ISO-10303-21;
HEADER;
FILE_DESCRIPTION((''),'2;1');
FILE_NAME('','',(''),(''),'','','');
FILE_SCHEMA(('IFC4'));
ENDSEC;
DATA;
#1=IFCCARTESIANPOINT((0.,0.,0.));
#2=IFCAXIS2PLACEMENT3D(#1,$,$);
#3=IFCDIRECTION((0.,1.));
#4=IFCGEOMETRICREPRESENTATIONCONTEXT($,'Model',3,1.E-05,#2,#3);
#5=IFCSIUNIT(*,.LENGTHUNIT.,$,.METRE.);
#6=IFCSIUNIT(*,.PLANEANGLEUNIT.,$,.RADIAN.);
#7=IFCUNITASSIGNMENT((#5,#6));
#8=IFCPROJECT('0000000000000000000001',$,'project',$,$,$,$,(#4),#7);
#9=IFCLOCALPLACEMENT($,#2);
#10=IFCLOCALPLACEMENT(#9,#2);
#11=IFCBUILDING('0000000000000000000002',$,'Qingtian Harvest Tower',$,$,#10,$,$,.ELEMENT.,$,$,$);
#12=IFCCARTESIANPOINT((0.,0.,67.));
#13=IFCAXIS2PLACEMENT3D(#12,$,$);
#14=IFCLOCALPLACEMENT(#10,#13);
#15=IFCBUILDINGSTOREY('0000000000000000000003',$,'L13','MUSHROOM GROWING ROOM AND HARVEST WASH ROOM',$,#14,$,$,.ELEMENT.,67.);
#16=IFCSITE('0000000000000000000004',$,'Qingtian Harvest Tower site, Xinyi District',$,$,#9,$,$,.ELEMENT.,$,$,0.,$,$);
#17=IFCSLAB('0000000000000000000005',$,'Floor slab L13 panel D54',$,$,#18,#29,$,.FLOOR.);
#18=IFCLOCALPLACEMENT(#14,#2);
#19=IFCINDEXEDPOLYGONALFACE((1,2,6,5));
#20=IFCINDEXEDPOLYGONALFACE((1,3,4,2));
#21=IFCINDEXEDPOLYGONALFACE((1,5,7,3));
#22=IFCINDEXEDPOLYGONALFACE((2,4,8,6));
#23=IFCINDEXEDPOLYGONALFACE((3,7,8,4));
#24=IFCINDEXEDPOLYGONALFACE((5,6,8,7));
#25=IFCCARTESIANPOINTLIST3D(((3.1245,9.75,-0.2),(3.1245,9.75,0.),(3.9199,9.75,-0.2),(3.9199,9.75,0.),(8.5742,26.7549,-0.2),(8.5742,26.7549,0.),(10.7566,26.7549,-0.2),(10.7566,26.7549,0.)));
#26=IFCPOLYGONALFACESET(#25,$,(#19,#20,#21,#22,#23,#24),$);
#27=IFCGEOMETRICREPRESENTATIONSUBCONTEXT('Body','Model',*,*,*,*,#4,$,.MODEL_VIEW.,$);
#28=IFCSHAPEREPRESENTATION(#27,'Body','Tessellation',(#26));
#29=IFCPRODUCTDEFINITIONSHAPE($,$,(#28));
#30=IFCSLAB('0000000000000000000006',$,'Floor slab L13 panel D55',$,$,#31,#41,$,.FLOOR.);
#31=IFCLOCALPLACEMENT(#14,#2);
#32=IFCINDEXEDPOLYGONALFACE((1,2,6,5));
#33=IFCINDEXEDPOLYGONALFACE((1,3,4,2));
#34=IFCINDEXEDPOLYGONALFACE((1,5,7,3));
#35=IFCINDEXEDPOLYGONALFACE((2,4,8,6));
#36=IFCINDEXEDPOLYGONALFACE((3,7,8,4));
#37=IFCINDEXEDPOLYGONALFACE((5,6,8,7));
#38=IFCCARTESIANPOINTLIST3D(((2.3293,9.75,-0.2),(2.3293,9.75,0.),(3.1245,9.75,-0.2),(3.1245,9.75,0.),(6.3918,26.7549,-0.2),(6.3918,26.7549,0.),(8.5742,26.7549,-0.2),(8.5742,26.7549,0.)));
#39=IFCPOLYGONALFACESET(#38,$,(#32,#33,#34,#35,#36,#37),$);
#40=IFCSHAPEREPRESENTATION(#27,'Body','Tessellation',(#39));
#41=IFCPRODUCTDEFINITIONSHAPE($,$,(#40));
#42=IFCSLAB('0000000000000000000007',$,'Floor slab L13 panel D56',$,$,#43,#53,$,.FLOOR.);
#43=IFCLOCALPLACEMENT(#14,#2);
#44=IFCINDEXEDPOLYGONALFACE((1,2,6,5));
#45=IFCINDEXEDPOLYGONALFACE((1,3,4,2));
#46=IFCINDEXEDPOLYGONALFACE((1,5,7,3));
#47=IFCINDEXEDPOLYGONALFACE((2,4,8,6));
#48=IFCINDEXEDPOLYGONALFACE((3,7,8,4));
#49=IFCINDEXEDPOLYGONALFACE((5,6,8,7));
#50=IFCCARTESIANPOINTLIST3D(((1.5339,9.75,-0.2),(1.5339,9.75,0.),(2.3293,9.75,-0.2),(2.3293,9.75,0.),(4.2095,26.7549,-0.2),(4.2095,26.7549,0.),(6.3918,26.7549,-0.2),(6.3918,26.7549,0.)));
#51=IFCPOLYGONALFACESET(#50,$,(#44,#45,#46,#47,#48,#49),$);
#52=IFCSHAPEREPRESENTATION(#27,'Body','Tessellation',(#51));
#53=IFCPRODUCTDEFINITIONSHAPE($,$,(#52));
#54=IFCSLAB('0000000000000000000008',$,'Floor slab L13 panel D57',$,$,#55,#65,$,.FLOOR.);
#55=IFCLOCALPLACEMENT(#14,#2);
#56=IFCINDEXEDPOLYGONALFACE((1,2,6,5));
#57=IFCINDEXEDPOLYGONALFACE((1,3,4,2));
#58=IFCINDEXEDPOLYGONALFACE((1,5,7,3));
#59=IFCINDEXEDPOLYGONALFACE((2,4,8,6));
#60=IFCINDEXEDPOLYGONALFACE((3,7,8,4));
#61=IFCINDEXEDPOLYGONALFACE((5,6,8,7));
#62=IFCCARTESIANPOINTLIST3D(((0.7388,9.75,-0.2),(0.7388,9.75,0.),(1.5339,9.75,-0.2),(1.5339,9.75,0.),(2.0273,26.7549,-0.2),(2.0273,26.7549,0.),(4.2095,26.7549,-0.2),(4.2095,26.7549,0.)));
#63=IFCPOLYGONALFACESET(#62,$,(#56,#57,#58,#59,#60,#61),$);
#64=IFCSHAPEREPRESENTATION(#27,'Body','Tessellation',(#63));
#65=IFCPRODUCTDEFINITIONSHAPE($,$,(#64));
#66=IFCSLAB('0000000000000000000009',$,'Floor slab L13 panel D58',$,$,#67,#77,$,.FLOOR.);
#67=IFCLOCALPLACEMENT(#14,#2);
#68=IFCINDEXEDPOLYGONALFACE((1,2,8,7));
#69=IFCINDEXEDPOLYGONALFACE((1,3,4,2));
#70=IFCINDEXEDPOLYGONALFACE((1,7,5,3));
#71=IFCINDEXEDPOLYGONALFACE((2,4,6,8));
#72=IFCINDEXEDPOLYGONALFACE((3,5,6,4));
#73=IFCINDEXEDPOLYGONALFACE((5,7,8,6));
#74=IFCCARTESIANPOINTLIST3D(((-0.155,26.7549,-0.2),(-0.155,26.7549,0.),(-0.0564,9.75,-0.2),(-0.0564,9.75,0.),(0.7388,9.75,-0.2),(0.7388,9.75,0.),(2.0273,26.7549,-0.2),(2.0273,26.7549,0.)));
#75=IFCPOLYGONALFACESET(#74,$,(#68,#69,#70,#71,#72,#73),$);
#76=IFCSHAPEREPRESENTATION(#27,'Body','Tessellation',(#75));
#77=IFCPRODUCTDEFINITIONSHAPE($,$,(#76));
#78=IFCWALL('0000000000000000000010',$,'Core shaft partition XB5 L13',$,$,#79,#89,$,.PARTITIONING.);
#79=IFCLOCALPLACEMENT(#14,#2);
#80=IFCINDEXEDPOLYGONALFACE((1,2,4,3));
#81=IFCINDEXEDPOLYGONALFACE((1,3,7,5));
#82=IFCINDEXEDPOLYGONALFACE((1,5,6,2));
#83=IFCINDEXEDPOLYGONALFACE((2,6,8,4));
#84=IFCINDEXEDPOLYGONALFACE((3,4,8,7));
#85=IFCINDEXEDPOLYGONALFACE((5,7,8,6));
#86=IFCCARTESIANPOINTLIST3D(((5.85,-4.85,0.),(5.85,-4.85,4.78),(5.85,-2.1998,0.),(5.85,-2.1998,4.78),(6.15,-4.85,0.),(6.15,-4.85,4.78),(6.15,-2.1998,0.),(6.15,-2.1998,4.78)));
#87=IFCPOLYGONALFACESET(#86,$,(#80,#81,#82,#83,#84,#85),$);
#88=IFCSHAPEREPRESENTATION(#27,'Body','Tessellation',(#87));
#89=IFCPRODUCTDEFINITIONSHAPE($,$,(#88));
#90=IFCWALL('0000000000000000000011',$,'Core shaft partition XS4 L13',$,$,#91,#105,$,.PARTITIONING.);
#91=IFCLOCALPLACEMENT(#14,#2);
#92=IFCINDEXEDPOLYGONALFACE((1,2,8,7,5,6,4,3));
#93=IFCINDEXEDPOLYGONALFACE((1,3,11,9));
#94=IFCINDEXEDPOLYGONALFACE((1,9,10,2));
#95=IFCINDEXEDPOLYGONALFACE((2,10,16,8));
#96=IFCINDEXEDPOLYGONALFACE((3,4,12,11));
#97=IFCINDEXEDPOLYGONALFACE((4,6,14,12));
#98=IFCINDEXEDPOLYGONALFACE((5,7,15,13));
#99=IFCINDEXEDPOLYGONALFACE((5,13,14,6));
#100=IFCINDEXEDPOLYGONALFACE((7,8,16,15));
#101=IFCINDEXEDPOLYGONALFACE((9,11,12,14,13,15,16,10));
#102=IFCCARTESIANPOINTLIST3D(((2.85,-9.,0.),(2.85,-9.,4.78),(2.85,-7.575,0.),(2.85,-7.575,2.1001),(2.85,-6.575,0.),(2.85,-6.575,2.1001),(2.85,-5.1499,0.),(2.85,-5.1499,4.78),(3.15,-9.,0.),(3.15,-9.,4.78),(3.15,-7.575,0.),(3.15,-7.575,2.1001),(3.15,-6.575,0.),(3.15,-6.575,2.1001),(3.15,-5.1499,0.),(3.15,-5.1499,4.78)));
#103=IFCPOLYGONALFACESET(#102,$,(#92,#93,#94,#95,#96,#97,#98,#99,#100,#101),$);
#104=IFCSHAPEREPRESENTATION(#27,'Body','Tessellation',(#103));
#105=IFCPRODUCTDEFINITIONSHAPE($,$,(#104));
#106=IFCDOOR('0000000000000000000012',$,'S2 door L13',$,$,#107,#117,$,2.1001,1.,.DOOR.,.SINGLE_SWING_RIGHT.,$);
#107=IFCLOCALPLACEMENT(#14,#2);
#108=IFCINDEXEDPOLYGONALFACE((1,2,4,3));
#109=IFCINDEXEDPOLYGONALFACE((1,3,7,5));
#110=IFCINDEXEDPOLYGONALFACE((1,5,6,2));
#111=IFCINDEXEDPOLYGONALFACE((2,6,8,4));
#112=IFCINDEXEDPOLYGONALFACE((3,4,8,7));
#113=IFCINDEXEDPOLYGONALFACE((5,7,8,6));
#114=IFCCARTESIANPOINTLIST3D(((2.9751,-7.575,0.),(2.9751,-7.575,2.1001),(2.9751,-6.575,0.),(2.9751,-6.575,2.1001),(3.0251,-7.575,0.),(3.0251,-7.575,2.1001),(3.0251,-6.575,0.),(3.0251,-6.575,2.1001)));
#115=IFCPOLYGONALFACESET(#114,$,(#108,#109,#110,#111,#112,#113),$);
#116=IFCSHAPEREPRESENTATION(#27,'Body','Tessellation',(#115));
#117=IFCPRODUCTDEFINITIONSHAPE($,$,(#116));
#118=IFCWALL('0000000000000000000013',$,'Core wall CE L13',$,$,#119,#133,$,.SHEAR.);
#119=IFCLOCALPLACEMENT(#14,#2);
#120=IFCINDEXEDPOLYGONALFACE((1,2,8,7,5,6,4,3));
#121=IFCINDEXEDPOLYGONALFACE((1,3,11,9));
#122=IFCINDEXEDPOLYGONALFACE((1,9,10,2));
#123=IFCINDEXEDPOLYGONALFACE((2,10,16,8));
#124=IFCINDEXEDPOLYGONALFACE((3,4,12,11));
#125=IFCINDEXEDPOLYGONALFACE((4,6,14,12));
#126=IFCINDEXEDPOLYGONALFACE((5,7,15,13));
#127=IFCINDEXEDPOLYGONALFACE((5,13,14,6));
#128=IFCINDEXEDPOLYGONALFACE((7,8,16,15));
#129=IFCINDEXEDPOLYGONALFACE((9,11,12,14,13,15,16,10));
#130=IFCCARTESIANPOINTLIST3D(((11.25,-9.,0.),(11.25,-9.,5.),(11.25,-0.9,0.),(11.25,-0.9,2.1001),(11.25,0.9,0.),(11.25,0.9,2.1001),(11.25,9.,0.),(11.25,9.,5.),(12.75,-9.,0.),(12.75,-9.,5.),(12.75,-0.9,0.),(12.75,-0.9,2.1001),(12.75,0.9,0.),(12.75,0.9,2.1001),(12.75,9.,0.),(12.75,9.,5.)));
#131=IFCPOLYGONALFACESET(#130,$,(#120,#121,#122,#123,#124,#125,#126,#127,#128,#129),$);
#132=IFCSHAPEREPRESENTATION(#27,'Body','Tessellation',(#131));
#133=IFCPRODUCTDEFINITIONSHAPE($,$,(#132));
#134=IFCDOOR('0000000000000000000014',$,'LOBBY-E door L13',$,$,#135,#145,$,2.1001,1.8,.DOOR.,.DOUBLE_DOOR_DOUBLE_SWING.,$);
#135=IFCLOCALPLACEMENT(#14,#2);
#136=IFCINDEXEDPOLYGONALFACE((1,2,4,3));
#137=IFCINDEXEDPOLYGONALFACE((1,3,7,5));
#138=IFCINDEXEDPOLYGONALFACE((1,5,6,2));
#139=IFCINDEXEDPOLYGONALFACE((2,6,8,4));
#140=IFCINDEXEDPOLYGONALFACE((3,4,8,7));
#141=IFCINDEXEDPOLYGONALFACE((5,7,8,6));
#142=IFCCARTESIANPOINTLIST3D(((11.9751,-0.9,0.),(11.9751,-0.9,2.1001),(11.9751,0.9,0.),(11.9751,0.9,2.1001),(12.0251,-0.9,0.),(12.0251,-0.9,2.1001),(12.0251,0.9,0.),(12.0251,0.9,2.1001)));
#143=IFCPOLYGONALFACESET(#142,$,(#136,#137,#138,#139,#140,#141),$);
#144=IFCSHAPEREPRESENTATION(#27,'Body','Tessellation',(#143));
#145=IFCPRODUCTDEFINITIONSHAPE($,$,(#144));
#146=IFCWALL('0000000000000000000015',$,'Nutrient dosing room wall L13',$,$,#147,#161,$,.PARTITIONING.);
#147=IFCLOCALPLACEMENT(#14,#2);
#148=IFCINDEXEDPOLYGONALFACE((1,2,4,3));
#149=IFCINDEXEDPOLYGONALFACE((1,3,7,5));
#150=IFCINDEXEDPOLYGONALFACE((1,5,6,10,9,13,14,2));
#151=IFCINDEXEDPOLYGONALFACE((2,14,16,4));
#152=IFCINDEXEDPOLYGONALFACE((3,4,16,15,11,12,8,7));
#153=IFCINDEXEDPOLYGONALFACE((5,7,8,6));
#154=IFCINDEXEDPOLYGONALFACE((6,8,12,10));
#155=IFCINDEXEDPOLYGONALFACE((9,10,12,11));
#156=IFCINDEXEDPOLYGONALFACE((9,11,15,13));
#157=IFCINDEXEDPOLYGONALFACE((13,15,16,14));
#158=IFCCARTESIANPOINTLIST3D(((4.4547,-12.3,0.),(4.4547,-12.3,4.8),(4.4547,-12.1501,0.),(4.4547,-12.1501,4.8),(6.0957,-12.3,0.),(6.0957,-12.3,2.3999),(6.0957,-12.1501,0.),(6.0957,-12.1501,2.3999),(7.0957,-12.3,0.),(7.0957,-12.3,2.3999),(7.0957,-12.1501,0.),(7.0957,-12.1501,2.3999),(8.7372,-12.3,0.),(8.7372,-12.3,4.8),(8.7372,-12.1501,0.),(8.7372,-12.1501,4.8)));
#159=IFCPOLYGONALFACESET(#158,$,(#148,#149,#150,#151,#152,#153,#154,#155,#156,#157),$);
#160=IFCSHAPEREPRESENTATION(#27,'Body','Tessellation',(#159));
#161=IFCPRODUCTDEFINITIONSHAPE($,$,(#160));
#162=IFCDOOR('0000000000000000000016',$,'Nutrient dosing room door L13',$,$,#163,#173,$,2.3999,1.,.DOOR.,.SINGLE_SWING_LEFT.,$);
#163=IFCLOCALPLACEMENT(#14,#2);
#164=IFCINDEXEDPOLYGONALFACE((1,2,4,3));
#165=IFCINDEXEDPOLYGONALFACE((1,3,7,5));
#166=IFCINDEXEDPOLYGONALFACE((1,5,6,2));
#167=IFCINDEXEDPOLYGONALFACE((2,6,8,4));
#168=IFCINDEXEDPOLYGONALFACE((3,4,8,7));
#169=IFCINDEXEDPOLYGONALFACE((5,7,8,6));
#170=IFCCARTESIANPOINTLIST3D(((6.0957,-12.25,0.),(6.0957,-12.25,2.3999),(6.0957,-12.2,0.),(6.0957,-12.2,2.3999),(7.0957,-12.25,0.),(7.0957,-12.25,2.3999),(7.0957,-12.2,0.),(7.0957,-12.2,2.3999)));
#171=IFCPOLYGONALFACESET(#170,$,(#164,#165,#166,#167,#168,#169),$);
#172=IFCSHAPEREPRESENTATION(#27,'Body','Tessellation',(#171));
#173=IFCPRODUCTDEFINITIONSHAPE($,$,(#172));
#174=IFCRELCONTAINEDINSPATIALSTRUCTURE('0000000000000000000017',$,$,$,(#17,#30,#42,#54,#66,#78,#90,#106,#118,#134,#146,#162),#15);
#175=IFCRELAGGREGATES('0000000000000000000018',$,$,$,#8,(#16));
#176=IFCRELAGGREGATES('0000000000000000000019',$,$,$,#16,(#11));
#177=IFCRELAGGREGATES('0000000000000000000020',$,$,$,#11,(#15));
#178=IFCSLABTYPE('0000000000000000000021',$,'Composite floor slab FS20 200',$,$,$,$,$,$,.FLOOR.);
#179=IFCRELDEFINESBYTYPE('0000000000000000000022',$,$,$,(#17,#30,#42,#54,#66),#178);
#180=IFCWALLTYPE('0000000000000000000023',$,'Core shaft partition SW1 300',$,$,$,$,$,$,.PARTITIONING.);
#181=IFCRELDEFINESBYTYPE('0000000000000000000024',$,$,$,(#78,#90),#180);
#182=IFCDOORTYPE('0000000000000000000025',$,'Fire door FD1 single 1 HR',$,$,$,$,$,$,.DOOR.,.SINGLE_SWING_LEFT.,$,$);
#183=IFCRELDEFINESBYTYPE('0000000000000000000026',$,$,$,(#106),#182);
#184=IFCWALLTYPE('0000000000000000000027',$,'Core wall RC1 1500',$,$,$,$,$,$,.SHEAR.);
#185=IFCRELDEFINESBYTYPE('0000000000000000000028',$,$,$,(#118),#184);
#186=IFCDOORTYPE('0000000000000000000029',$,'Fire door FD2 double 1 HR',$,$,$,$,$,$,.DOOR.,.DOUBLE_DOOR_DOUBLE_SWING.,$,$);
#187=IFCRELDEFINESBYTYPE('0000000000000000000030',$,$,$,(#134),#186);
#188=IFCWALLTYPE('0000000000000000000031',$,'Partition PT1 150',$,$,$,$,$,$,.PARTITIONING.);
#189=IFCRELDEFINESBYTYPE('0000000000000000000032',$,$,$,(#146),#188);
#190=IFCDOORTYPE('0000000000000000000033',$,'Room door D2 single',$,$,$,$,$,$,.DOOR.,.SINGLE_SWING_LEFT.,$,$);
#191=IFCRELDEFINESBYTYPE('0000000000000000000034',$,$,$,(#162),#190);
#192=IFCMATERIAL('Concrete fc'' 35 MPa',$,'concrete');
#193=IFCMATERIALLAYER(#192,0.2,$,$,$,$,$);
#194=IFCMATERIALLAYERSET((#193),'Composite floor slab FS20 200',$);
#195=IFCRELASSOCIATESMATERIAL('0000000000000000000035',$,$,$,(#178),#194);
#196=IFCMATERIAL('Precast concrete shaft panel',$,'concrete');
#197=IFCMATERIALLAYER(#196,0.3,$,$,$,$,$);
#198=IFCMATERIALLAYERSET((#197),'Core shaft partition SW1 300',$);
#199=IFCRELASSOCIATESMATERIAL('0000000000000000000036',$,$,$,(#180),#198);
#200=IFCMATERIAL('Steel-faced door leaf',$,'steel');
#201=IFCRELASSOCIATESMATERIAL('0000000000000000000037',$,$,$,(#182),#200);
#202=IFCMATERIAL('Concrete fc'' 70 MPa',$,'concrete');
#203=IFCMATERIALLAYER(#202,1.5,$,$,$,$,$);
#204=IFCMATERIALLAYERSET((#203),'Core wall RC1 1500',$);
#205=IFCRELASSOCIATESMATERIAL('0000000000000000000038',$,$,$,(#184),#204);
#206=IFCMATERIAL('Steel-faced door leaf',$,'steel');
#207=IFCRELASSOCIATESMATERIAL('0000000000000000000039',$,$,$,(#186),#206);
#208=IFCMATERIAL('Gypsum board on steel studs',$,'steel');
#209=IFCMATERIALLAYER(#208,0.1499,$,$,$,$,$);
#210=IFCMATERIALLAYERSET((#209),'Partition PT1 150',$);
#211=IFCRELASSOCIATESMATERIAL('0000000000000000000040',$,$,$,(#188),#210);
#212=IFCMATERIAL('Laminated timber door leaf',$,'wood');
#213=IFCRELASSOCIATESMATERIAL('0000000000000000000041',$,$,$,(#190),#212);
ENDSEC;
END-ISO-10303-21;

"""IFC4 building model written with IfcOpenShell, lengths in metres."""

from ifc_helpers import new_model, si_unit, direction, frame, frame_2d, origin, place, context, subcontext, project, spatial, polyline, rectangle, outline, extrude, material, layer, layer_set, type_object, element, fill, save


model = new_model("IFC4")

# Units and contexts
model_context = context("Model", 3, precision=1e-05, world=origin(), true_north=direction((0.0, 1.0)))
body_context = subcontext(model_context, "Body", "Model", "MODEL_VIEW")
ifc_project = project(units=[si_unit("LENGTHUNIT", "METRE"), si_unit("PLANEANGLEUNIT", "RADIAN")], contexts=[model_context])

# Site, building, storey
site_placement = place(None, origin())
site = spatial("IfcSite", under=ifc_project, at=site_placement, Name="Qingtian Harvest Tower site, Xinyi District", CompositionType="ELEMENT", RefElevation=0.0)
building_placement = place(site_placement, origin())
building = spatial("IfcBuilding", under=site, at=building_placement, Name="Qingtian Harvest Tower", CompositionType="ELEMENT")
storey_placement = place(building_placement, frame((0.0, 0.0, 67.0)))
storey = spatial("IfcBuildingStorey", under=building, at=storey_placement, Name="L13", Description="MUSHROOM GROWING ROOM AND HARVEST WASH ROOM", CompositionType="ELEMENT", Elevation=67.0)

# Slabs
ifc_material_1 = material(Name="Concrete fc' 35 MPa", Category="concrete")
ifc_layer_1 = layer(ifc_material_1, 0.2)
ifc_layer_set_1 = layer_set([ifc_layer_1], Name="Composite floor slab FS20 200")
slab_type = type_object("IfcSlabType", Name="Composite floor slab FS20 200", PredefinedType="FLOOR", material=ifc_layer_set_1)
slab_1_placement = place(storey_placement, frame((0.0, 0.0, -0.2)))
element("IfcSlab", 1, at=slab_1_placement, inside=storey, type_object=slab_type, Name="Floor slab L13 panel D54", PredefinedType="FLOOR", context=body_context, shape_type="SweptSolid", body=[
    extrude(outline(polyline([(3.1245, 9.75), (8.5742, 26.7549), (10.7566, 26.7549), (3.9199, 9.75), (3.1245, 9.75)])), origin(), (0.0, 0.0, 1.0), 0.2),
])
slab_2_placement = place(storey_placement, frame((0.0, 0.0, -0.2)))
element("IfcSlab", 2, at=slab_2_placement, inside=storey, type_object=slab_type, Name="Floor slab L13 panel D55", PredefinedType="FLOOR", context=body_context, shape_type="SweptSolid", body=[
    extrude(outline(polyline([(2.3293, 9.75), (6.3918, 26.7549), (8.5742, 26.7549), (3.1245, 9.75), (2.3293, 9.75)])), origin(), (0.0, 0.0, 1.0), 0.2),
])
slab_3_placement = place(storey_placement, frame((0.0, 0.0, -0.2)))
element("IfcSlab", 3, at=slab_3_placement, inside=storey, type_object=slab_type, Name="Floor slab L13 panel D56", PredefinedType="FLOOR", context=body_context, shape_type="SweptSolid", body=[
    extrude(outline(polyline([(1.5339, 9.75), (4.2095, 26.7549), (6.3918, 26.7549), (2.3293, 9.75), (1.5339, 9.75)])), origin(), (0.0, 0.0, 1.0), 0.2),
])
slab_4_placement = place(storey_placement, frame((0.0, 0.0, -0.2)))
element("IfcSlab", 4, at=slab_4_placement, inside=storey, type_object=slab_type, Name="Floor slab L13 panel D57", PredefinedType="FLOOR", context=body_context, shape_type="SweptSolid", body=[
    extrude(outline(polyline([(0.7388, 9.75), (2.0273, 26.7549), (4.2095, 26.7549), (1.5339, 9.75), (0.7388, 9.75)])), origin(), (0.0, 0.0, 1.0), 0.2),
])
slab_5_placement = place(storey_placement, frame((0.0, 0.0, -0.2)))
element("IfcSlab", 5, at=slab_5_placement, inside=storey, type_object=slab_type, Name="Floor slab L13 panel D58", PredefinedType="FLOOR", context=body_context, shape_type="SweptSolid", body=[
    extrude(outline(polyline([(-0.0564, 9.75), (-0.155, 26.7549), (2.0273, 26.7549), (0.7388, 9.75), (-0.0564, 9.75)])), origin(), (0.0, 0.0, 1.0), 0.2),
])

# Wall
ifc_material_2 = material(Name="Precast concrete shaft panel", Category="concrete")
ifc_layer_2 = layer(ifc_material_2, 0.3)
ifc_layer_set_2 = layer_set([ifc_layer_2], Name="Core shaft partition SW1 300")
wall_type_1 = type_object("IfcWallType", Name="Core shaft partition SW1 300", PredefinedType="PARTITIONING", material=ifc_layer_set_2)
wall_1_placement = place(storey_placement, frame((6.0, -4.8501, 0.0), z_axis=(0.0, 0.0, 1.0), x_axis=(0.0, 1.0, 0.0)))
element("IfcWall", 6, at=wall_1_placement, inside=storey, type_object=wall_type_1, Name="Core shaft partition XB5 L13", PredefinedType="PARTITIONING", context=body_context, shape_type="SweptSolid", body=[
    extrude(rectangle(XDim=2.6501, YDim=0.3, at=frame_2d((1.3252, 0.0))), origin(), (0.0, 0.0, 1.0), 4.78),
])

# Walls, openings, doors
wall_2_placement = place(storey_placement, frame((3.0, -9.0, 0.0), z_axis=(0.0, 0.0, 1.0), x_axis=(0.0, 1.0, 0.0)))
wall_2 = element("IfcWall", 7, at=wall_2_placement, inside=storey, type_object=wall_type_1, Name="Core shaft partition XS4 L13", PredefinedType="PARTITIONING", context=body_context, shape_type="SweptSolid", body=[
    extrude(rectangle(XDim=3.8501, YDim=0.3, at=frame_2d((1.925, 0.0))), origin(), (0.0, 0.0, 1.0), 4.78),
])
opening_1_placement = place(wall_2_placement, frame((1.425, 0.0, 0.0)))
opening_1 = element("IfcOpeningElement", 8, at=opening_1_placement, cuts=wall_2, PredefinedType="OPENING", context=body_context, shape_type="SweptSolid", body=[
    extrude(rectangle(XDim=1.0, YDim=2.1001, at=frame_2d((0.5, 1.05))), frame((0.0, 0.1599, 0.0), z_axis=(0.0, -1.0, 0.0), x_axis=(1.0, 0.0, 0.0)), (0.0, 0.0, 1.0), 0.3201),
])
ifc_material_3 = material(Name="Steel-faced door leaf", Category="steel")
door_type_1 = type_object("IfcDoorType", Name="Fire door FD1 single 1 HR", OperationType="SINGLE_SWING_LEFT", PredefinedType="DOOR", material=ifc_material_3)
door_1_placement = place(opening_1_placement, origin())
door_1 = element("IfcDoor", 9, at=door_1_placement, inside=storey, type_object=door_type_1, Name="S2 door L13", OperationType="SINGLE_SWING_RIGHT", OverallHeight=2.1001, OverallWidth=1.0, PredefinedType="DOOR", context=body_context, shape_type="SweptSolid", body=[
    extrude(rectangle(XDim=1.0, YDim=2.1001, at=frame_2d((0.5, 1.05))), frame((0.0, 0.0249, 0.0), z_axis=(0.0, -1.0, 0.0), x_axis=(1.0, 0.0, 0.0)), (0.0, 0.0, 1.0), 0.05),
])
fill(opening_1, door_1)
ifc_material_4 = material(Name="Concrete fc' 70 MPa", Category="concrete")
ifc_layer_3 = layer(ifc_material_4, 1.5)
ifc_layer_set_3 = layer_set([ifc_layer_3], Name="Core wall RC1 1500")
wall_type_2 = type_object("IfcWallType", Name="Core wall RC1 1500", PredefinedType="SHEAR", material=ifc_layer_set_3)
wall_3_placement = place(storey_placement, frame((12.0, -9.0, 0.0), z_axis=(0.0, 0.0, 1.0), x_axis=(0.0, 1.0, 0.0)))
wall_3 = element("IfcWall", 10, at=wall_3_placement, inside=storey, type_object=wall_type_2, Name="Core wall CE L13", PredefinedType="SHEAR", context=body_context, shape_type="SweptSolid", body=[
    extrude(rectangle(XDim=18.0, YDim=1.5, at=frame_2d((9.0, 0.0))), origin(), (0.0, 0.0, 1.0), 5.0),
])
opening_2_placement = place(wall_3_placement, frame((8.1001, 0.0, 0.0)))
opening_2 = element("IfcOpeningElement", 11, at=opening_2_placement, cuts=wall_3, PredefinedType="OPENING", context=body_context, shape_type="SweptSolid", body=[
    extrude(rectangle(XDim=1.8, YDim=2.1001, at=frame_2d((0.8999, 1.05))), frame((0.0, 0.76, 0.0), z_axis=(0.0, -1.0, 0.0), x_axis=(1.0, 0.0, 0.0)), (0.0, 0.0, 1.0), 1.52),
])
ifc_material_5 = material(Name="Steel-faced door leaf", Category="steel")
door_type_2 = type_object("IfcDoorType", Name="Fire door FD2 double 1 HR", OperationType="DOUBLE_DOOR_DOUBLE_SWING", PredefinedType="DOOR", material=ifc_material_5)
door_2_placement = place(opening_2_placement, origin())
door_2 = element("IfcDoor", 12, at=door_2_placement, inside=storey, type_object=door_type_2, Name="LOBBY-E door L13", OperationType="DOUBLE_DOOR_DOUBLE_SWING", OverallHeight=2.1001, OverallWidth=1.8, PredefinedType="DOOR", context=body_context, shape_type="SweptSolid", body=[
    extrude(rectangle(XDim=1.8, YDim=2.1001, at=frame_2d((0.8999, 1.05))), frame((0.0, 0.0249, 0.0), z_axis=(0.0, -1.0, 0.0), x_axis=(1.0, 0.0, 0.0)), (0.0, 0.0, 1.0), 0.05),
])
fill(opening_2, door_2)
ifc_material_6 = material(Name="Gypsum board on steel studs", Category="steel")
ifc_layer_4 = layer(ifc_material_6, 0.1499)
ifc_layer_set_4 = layer_set([ifc_layer_4], Name="Partition PT1 150")
wall_type_3 = type_object("IfcWallType", Name="Partition PT1 150", PredefinedType="PARTITIONING", material=ifc_layer_set_4)
wall_4_placement = place(storey_placement, frame((8.7371, -12.2251, 0.0), z_axis=(0.0, 0.0, 1.0), x_axis=(-1.0, 0.0, 0.0)))
wall_4 = element("IfcWall", 13, at=wall_4_placement, inside=storey, type_object=wall_type_3, Name="Nutrient dosing room wall L13", PredefinedType="PARTITIONING", context=body_context, shape_type="SweptSolid", body=[
    extrude(rectangle(XDim=4.2825, YDim=0.1499, at=frame_2d((2.1411, 0.0))), origin(), (0.0, 0.0, 1.0), 4.8),
])
opening_3_placement = place(wall_4_placement, frame((1.6414, 0.0, 0.0)))
opening_3 = element("IfcOpeningElement", 14, at=opening_3_placement, cuts=wall_4, PredefinedType="OPENING", context=body_context, shape_type="SweptSolid", body=[
    extrude(rectangle(XDim=1.0, YDim=2.3999, at=frame_2d((0.5, 1.2))), frame((0.0, 0.085, 0.0), z_axis=(0.0, -1.0, 0.0), x_axis=(1.0, 0.0, 0.0)), (0.0, 0.0, 1.0), 0.1699),
])
ifc_material_7 = material(Name="Laminated timber door leaf", Category="wood")
door_type_3 = type_object("IfcDoorType", Name="Room door D2 single", OperationType="SINGLE_SWING_LEFT", PredefinedType="DOOR", material=ifc_material_7)
door_3_placement = place(opening_3_placement, origin())
door_3 = element("IfcDoor", 15, at=door_3_placement, inside=storey, type_object=door_type_3, Name="Nutrient dosing room door L13", OperationType="SINGLE_SWING_LEFT", OverallHeight=2.3999, OverallWidth=1.0, PredefinedType="DOOR", context=body_context, shape_type="SweptSolid", body=[
    extrude(rectangle(XDim=1.0, YDim=2.3999, at=frame_2d((0.5, 1.2))), frame((0.0, 0.0249, 0.0), z_axis=(0.0, -1.0, 0.0), x_axis=(1.0, 0.0, 0.0)), (0.0, 0.0, 1.0), 0.05),
])
fill(opening_3, door_3)

save(model, "model.ifc")
